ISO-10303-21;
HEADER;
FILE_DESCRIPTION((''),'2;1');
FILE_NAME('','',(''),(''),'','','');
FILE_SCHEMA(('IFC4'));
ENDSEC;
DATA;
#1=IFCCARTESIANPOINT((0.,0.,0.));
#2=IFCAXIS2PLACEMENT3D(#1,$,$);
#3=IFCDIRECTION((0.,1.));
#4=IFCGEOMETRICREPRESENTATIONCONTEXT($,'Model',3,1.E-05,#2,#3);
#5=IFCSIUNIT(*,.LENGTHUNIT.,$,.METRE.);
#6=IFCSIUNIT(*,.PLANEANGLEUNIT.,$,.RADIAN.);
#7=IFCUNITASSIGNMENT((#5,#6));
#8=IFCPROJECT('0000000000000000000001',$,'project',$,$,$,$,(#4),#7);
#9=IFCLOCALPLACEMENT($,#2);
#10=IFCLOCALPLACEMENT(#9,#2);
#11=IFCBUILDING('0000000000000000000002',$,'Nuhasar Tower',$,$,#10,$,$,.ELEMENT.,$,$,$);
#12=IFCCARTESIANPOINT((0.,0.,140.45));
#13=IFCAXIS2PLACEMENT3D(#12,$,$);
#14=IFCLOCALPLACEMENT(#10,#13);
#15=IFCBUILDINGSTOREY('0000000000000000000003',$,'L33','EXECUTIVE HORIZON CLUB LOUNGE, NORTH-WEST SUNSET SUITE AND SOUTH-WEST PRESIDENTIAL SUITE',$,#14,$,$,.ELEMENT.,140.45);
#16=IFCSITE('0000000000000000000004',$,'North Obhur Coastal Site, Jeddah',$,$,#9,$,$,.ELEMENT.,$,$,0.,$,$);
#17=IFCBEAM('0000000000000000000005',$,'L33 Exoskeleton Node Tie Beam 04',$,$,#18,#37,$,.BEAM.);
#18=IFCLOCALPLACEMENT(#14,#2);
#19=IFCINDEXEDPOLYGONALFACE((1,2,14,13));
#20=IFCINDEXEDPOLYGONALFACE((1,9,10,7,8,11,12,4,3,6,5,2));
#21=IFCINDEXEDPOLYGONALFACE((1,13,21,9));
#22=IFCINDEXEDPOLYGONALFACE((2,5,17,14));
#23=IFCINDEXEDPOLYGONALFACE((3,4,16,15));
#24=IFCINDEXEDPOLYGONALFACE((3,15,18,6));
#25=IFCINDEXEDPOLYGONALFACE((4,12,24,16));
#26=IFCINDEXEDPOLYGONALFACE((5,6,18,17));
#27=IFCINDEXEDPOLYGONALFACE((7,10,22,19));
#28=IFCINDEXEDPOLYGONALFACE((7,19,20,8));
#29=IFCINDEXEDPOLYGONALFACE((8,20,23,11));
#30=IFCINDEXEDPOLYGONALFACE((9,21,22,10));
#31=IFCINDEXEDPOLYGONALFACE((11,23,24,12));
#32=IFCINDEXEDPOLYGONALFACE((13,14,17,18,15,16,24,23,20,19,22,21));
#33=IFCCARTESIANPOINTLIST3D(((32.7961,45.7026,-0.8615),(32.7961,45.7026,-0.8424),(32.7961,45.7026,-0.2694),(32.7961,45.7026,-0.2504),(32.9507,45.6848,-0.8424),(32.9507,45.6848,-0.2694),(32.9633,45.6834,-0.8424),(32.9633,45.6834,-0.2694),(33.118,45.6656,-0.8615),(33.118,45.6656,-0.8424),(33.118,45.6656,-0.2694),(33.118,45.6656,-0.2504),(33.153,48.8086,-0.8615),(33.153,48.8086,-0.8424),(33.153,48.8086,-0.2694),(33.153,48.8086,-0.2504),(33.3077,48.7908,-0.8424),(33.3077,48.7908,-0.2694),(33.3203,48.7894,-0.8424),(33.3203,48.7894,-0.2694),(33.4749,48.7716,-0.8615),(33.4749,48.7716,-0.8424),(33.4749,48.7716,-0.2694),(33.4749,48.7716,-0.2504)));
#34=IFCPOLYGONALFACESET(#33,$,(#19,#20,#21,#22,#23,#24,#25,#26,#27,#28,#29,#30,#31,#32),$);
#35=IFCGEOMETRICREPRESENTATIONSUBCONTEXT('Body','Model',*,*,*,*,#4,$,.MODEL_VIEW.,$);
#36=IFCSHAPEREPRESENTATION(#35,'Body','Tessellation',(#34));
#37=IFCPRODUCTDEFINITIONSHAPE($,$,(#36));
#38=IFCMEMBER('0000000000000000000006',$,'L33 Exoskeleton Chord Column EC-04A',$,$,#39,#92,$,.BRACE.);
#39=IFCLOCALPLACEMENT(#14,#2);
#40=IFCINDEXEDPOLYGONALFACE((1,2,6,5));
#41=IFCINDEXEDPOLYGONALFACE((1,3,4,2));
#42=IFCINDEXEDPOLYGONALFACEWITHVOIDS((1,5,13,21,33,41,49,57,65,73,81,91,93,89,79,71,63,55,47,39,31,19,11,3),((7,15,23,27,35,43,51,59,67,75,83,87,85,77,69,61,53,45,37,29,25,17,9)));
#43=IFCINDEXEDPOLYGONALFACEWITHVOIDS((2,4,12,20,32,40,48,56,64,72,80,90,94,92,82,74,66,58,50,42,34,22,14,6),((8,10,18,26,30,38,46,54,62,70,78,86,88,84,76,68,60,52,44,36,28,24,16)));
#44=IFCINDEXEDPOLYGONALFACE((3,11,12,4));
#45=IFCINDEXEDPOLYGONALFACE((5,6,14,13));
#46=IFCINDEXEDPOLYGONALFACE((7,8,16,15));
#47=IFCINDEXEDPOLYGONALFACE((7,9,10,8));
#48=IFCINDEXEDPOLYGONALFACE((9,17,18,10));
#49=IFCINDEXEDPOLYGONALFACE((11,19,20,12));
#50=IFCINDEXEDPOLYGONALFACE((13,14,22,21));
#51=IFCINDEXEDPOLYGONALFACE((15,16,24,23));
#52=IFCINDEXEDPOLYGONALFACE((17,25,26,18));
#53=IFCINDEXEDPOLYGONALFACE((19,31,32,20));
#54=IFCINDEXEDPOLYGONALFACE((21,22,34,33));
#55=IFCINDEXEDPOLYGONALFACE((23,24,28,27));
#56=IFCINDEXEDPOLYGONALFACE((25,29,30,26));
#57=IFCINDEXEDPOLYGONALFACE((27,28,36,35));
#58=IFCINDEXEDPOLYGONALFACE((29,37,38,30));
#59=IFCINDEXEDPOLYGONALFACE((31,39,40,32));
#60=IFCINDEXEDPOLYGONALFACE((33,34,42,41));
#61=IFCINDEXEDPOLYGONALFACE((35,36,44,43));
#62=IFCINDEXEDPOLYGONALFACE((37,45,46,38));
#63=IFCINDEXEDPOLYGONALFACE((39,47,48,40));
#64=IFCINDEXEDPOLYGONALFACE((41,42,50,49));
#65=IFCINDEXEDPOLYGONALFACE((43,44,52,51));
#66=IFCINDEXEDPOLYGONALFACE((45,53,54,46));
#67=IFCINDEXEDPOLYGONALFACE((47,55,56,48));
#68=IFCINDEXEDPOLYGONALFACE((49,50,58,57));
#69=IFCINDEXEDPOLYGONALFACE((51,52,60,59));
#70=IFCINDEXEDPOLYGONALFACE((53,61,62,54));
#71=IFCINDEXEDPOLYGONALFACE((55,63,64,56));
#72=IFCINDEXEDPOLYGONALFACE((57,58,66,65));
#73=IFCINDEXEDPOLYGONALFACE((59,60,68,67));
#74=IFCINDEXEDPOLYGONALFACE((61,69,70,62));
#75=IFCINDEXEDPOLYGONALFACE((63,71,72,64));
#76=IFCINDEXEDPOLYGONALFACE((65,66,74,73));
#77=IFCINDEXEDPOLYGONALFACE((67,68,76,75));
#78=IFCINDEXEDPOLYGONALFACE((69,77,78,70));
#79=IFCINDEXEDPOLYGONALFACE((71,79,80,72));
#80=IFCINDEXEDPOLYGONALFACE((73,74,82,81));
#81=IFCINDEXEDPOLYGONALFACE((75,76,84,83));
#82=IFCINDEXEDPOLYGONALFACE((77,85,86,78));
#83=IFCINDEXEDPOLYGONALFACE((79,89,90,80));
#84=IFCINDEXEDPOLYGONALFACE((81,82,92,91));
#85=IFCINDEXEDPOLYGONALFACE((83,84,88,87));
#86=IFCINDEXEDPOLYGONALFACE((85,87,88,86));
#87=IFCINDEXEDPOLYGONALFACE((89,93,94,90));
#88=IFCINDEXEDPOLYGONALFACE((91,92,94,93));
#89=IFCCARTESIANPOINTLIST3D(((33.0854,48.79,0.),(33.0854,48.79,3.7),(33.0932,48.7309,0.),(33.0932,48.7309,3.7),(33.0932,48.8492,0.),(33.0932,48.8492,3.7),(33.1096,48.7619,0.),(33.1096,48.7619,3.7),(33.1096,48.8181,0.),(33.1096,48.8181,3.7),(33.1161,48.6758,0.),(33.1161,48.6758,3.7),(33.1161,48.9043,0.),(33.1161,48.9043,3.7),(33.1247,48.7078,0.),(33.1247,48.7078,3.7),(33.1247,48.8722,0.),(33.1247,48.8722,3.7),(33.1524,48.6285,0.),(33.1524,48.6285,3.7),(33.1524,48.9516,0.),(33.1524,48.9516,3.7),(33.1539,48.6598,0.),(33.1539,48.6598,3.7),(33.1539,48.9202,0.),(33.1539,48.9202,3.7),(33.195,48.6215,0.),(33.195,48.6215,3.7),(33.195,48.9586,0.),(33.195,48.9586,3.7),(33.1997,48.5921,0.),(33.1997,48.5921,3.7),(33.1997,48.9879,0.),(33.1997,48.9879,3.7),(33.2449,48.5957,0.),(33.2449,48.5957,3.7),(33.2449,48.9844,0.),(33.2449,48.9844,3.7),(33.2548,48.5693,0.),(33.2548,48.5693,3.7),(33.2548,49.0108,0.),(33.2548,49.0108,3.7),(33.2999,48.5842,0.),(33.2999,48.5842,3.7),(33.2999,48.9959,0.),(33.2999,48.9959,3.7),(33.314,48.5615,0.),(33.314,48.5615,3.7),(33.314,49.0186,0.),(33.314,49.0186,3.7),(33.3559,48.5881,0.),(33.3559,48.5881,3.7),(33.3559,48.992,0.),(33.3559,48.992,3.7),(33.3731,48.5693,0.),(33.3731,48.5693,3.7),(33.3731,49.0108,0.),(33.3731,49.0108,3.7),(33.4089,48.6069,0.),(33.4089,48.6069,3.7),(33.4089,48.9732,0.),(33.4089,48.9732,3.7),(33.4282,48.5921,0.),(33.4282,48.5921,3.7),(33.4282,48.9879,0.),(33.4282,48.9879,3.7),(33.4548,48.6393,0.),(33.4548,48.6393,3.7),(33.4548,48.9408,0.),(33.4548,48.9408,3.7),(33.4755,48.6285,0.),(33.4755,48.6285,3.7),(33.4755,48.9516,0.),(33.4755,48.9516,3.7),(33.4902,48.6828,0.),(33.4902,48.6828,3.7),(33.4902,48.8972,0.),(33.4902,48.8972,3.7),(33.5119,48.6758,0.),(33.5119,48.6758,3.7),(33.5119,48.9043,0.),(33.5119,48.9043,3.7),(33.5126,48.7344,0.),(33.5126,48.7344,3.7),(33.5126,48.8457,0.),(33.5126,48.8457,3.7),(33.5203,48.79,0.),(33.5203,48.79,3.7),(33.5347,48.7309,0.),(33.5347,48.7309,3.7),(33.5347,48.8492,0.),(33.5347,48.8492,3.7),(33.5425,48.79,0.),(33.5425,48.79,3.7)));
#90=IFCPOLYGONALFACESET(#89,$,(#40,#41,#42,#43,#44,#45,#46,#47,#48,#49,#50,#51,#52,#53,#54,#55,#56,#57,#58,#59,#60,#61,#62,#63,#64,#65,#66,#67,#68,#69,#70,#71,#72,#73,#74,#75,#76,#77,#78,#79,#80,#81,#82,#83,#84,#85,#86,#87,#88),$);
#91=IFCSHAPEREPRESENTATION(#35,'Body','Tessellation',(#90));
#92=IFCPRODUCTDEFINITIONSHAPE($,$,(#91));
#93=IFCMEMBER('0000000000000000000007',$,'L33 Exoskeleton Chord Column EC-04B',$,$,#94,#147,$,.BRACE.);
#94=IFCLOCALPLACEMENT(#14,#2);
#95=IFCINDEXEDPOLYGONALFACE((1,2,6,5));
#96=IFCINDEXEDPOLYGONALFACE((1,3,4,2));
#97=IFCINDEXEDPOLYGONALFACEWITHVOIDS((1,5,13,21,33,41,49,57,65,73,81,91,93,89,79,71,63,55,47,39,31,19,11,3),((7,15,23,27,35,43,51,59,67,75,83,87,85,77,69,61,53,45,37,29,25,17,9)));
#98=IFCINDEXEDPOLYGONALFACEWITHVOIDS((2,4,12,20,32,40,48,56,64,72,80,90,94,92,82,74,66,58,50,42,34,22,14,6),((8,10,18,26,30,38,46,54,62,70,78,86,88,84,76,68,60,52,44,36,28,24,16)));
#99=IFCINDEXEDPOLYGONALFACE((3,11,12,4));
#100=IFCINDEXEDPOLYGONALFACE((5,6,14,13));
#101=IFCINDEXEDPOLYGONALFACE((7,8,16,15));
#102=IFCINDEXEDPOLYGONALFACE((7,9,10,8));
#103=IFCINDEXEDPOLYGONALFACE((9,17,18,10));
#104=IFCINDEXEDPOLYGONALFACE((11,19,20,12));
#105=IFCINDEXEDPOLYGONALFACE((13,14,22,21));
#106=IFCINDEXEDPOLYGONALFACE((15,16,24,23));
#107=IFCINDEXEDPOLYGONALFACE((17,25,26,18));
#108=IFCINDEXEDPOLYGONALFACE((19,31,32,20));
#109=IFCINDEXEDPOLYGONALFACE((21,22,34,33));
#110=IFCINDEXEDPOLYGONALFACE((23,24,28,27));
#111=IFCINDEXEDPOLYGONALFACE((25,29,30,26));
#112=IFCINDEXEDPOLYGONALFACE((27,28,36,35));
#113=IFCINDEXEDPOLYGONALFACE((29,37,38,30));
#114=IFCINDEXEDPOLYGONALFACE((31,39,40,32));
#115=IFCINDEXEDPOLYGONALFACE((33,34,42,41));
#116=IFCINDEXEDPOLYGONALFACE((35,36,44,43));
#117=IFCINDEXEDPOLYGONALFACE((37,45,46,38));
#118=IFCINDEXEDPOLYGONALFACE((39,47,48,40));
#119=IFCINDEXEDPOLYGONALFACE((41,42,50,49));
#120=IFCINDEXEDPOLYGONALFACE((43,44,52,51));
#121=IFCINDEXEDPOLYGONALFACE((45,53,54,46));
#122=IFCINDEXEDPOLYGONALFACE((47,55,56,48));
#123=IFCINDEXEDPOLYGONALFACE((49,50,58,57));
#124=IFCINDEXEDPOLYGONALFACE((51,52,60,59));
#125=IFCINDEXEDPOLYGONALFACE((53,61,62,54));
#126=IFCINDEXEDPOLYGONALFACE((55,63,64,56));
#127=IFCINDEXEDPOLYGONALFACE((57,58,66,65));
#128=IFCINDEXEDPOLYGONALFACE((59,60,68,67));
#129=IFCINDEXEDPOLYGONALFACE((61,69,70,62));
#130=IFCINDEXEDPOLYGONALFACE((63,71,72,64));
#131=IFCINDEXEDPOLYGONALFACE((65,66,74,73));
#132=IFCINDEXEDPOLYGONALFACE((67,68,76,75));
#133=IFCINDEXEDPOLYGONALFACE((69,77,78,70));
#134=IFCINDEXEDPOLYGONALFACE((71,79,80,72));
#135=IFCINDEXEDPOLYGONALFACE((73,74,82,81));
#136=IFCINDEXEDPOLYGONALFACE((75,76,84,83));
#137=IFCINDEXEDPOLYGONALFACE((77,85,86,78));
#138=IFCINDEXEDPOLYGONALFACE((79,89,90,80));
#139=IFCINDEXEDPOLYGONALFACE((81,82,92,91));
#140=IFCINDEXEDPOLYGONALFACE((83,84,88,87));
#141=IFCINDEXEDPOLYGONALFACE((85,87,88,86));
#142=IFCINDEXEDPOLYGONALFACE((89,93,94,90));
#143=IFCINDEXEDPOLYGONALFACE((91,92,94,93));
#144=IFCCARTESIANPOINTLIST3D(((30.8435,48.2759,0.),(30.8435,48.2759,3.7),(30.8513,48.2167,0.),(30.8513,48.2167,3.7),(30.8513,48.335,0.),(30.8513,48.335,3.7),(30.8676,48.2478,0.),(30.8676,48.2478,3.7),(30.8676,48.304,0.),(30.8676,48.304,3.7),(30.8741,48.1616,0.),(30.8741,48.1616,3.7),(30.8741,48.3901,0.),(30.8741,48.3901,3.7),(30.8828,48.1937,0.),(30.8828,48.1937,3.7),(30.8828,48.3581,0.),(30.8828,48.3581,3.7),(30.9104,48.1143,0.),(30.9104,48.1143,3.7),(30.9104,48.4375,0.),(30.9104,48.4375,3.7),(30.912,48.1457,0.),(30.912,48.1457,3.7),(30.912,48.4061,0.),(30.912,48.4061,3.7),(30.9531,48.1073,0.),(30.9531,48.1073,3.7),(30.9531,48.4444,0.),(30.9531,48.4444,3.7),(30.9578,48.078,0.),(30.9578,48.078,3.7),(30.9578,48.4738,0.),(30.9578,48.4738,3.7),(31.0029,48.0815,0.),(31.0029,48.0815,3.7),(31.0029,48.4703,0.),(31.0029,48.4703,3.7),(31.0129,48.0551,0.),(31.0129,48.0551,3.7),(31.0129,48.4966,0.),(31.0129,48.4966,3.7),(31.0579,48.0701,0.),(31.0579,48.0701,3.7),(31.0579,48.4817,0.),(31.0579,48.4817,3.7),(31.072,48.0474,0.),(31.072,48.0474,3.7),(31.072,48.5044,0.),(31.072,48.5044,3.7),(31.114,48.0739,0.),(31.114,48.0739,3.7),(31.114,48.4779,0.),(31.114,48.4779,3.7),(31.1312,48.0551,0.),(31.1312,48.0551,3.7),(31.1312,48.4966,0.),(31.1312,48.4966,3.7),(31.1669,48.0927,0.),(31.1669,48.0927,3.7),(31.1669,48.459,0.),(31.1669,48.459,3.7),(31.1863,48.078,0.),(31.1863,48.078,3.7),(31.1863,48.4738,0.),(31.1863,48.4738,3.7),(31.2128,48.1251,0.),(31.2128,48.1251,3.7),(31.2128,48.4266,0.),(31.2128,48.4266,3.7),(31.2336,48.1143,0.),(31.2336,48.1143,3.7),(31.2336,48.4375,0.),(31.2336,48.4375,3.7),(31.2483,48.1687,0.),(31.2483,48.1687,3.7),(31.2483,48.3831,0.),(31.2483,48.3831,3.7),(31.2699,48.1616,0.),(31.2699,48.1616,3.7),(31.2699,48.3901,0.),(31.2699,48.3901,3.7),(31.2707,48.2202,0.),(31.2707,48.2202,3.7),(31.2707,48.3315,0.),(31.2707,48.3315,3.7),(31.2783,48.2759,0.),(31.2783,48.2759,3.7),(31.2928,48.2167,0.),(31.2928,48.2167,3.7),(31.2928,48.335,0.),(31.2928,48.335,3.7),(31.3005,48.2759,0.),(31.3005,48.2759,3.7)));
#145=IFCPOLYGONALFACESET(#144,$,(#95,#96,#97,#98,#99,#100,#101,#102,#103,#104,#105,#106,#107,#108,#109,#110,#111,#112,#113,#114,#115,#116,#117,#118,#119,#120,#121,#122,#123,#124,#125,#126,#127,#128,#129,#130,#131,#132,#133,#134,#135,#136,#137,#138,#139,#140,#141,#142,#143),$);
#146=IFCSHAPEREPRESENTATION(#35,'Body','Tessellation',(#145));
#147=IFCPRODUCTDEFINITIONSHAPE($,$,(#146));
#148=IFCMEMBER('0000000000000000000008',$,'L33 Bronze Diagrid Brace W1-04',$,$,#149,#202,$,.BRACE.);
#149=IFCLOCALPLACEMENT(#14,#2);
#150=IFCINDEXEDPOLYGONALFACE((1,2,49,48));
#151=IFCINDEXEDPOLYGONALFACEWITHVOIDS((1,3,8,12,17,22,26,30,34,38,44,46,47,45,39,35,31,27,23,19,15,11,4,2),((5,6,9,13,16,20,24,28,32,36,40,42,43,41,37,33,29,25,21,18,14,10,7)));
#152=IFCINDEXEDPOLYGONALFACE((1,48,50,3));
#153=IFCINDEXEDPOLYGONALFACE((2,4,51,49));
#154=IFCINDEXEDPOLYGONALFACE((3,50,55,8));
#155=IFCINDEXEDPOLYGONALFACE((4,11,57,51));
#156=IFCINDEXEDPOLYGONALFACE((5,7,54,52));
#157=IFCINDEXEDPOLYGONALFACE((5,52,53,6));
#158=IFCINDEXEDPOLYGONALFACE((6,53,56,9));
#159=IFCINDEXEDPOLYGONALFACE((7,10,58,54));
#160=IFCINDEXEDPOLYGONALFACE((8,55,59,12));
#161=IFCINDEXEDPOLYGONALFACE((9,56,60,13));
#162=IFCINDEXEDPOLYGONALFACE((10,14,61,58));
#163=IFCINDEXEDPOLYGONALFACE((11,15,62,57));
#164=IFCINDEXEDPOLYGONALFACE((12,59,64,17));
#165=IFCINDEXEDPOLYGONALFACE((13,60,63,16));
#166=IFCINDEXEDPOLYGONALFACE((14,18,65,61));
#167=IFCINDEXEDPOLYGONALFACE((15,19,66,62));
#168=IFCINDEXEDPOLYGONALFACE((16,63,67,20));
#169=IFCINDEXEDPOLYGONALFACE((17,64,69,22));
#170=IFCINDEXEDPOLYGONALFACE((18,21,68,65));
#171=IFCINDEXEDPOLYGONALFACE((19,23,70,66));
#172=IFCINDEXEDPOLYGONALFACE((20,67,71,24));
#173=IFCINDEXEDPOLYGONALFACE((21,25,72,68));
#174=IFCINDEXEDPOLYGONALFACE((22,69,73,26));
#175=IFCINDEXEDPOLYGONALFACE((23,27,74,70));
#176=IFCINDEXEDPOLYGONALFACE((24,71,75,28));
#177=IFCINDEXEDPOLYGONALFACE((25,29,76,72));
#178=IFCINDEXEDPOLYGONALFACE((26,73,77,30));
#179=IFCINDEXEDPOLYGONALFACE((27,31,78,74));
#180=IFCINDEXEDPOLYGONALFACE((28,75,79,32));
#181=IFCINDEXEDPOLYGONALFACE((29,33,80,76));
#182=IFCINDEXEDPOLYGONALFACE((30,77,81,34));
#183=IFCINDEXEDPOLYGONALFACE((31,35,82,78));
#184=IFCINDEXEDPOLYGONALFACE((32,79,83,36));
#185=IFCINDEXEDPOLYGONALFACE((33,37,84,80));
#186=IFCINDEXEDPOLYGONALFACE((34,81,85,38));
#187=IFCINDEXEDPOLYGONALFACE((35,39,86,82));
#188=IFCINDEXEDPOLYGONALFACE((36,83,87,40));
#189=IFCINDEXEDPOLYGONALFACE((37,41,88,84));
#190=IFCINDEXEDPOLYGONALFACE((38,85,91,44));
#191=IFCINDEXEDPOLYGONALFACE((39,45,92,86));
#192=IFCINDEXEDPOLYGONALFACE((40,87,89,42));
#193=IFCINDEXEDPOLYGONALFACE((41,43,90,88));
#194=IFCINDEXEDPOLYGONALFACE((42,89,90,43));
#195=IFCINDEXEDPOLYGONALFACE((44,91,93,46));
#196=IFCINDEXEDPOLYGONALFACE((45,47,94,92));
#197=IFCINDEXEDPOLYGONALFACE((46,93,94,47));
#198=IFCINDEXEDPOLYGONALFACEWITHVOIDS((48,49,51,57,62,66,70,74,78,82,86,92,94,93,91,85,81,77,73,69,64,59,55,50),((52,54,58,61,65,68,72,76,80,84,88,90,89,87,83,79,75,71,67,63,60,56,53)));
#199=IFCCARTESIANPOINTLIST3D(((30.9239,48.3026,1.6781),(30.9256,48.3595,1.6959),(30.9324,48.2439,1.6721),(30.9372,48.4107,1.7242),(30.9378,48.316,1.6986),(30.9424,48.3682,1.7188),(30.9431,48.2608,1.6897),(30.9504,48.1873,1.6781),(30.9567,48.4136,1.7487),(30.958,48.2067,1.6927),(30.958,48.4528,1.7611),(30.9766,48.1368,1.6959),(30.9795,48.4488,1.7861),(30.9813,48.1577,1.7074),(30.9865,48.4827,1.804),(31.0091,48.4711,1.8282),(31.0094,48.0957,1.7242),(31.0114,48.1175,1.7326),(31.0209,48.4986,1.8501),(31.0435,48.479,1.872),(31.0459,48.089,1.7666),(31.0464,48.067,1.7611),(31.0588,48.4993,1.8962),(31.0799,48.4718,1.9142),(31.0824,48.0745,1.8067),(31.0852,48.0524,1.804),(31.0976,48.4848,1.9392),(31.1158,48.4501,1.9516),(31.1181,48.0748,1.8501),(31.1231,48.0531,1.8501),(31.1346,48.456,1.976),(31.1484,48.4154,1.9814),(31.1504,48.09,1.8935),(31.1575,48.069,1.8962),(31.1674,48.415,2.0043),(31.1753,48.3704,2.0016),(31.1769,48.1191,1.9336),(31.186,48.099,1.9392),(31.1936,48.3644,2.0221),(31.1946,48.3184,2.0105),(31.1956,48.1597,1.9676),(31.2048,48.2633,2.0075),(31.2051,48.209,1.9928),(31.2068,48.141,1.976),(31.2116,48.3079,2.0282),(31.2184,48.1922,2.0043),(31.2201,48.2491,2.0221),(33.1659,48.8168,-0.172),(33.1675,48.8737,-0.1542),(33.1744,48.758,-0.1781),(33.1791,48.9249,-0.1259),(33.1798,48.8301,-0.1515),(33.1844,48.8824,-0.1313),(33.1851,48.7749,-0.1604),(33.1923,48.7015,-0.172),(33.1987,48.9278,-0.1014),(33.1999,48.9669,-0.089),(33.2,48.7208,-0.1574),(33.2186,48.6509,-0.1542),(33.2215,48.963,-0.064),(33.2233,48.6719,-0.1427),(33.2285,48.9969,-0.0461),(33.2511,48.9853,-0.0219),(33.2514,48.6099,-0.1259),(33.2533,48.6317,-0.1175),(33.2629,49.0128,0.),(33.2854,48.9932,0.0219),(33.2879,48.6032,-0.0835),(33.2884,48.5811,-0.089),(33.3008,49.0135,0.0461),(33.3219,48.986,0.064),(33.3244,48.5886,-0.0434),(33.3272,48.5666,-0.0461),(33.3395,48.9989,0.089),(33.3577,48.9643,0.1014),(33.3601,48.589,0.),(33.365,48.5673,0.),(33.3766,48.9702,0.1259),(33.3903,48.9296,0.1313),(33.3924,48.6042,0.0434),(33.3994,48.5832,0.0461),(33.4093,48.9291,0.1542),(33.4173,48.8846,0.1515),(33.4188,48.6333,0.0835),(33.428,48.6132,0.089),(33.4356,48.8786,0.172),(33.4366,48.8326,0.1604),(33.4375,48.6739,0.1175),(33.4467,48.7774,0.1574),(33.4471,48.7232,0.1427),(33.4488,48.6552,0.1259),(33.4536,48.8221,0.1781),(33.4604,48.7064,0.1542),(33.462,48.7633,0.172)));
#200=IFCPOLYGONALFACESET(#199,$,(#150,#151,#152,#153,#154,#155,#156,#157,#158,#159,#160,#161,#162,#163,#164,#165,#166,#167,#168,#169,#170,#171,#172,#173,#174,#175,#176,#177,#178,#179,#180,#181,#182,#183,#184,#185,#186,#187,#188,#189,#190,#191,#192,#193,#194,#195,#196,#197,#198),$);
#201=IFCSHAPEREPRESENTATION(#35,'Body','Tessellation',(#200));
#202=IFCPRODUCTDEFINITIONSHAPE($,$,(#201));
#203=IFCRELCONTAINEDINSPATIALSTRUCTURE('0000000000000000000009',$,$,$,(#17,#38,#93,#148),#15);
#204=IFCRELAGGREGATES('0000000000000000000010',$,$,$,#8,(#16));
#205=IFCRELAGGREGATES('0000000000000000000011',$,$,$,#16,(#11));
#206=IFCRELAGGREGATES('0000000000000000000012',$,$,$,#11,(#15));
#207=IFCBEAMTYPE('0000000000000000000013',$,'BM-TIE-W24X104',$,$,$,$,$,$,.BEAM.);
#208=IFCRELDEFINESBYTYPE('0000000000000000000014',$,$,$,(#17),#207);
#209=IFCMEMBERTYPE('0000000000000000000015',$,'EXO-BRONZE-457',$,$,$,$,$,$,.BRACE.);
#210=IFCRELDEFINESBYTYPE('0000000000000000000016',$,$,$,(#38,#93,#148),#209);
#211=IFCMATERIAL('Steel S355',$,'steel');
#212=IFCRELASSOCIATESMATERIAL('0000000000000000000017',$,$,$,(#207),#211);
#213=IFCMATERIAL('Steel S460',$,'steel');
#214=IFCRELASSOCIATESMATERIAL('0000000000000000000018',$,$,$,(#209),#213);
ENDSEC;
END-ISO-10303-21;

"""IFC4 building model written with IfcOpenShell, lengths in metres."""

from ifc_helpers import new_model, si_unit, direction, frame, origin, origin_2d, place, context, subcontext, project, spatial, hollow_circle, i_section, extrude, material, material_profile, profile_set, type_object, element, save


model = new_model("IFC4")

# Units and contexts
model_context = context("Model", 3, precision=1e-05, world=origin(), true_north=direction((0.0, 1.0)))
body_context = subcontext(model_context, "Body", "Model", "MODEL_VIEW")
ifc_project = project(units=[si_unit("LENGTHUNIT", "METRE"), si_unit("PLANEANGLEUNIT", "RADIAN")], contexts=[model_context])

# Site, building, storey
site_placement = place(None, origin())
site = spatial("IfcSite", under=ifc_project, at=site_placement, Name="North Obhur Coastal Site, Jeddah", CompositionType="ELEMENT", RefElevation=0.0)
building_placement = place(site_placement, origin())
building = spatial("IfcBuilding", under=site, at=building_placement, Name="Nuhasar Tower", CompositionType="ELEMENT")
storey_placement = place(building_placement, frame((0.0, 0.0, 140.45)))
storey = spatial("IfcBuildingStorey", under=building, at=storey_placement, Name="L33", Description="EXECUTIVE HORIZON CLUB LOUNGE, NORTH-WEST SUNSET SUITE AND SOUTH-WEST PRESIDENTIAL SUITE", CompositionType="ELEMENT", Elevation=140.45)

# Beam
ifc_material_1 = material(Name="Steel S355", Category="steel")
ifc_material_profile_1 = material_profile(ifc_material_1, i_section(OverallWidth=0.324, OverallDepth=0.6111, WebThickness=0.0127, FlangeThickness=0.019, at=origin_2d()), Name="W24X104")
ifc_profile_set_1 = profile_set([ifc_material_profile_1], Name="Steel S355")
beam_type_1 = type_object("IfcBeamType", Name="BM-TIE-W24X104", PredefinedType="BEAM", material=ifc_profile_set_1)
beam_1_placement = place(storey_placement, frame((32.957, 45.6841, -0.5559), z_axis=(0.114168, 0.993461, 0.0), x_axis=(-0.993461, 0.114168, 0.0)))
element("IfcBeam", 1, at=beam_1_placement, inside=storey, type_object=beam_type_1, Name="L33 Exoskeleton Node Tie Beam 04", PredefinedType="BEAM", context=body_context, shape_type="SweptSolid", body=[
    extrude(i_section(OverallWidth=0.324, OverallDepth=0.6111, WebThickness=0.0127, FlangeThickness=0.019, at=origin_2d()), origin(), (0.0, 0.0, 1.0), 3.1265),
])

# Members
ifc_material_2 = material(Name="Steel S460", Category="steel")
ifc_material_profile_2 = material_profile(ifc_material_2, hollow_circle(Radius=0.2285, WallThickness=0.0222, at=origin_2d()), Name="HSS457X22.2")
ifc_profile_set_2 = profile_set([ifc_material_profile_2], Name="Steel S460")
member_type = type_object("IfcMemberType", Name="EXO-BRONZE-457", PredefinedType="BRACE", material=ifc_profile_set_2)
for number, where, z_axis, x_axis, name in (
    (2, (33.314, 48.79, 0.0), (0.0, 0.0, 1.0), (1.0, 0.0, 0.0), "L33 Exoskeleton Chord Column EC-04A"),
    (3, (31.072, 48.2759, 0.0), (0.0, 0.0, 1.0), (1.0, 0.0, 0.0), "L33 Exoskeleton Chord Column EC-04B"),
):
    element("IfcMember", number, at=place(storey_placement, frame(where, z_axis=z_axis, x_axis=x_axis)), inside=storey, type_object=member_type, Name=name, PredefinedType="BRACE", context=body_context, shape_type="SweptSolid", body=[
        extrude(hollow_circle(Radius=0.2285, WallThickness=0.0222, at=origin_2d()), origin(), (0.0, 0.0, 1.0), 3.7),
    ])
member_1_placement = place(storey_placement, frame((33.314, 48.79, 0.0), z_axis=(-0.7595, -0.174181, 0.626755), x_axis=(0.223534, -0.974696, 0.0)))
element("IfcMember", 4, at=member_1_placement, inside=storey, type_object=member_type, Name="L33 Bronze Diagrid Brace W1-04", PredefinedType="BRACE", context=body_context, shape_type="SweptSolid", body=[
    extrude(hollow_circle(Radius=0.2285, WallThickness=0.0222, at=origin_2d()), origin(), (0.0, 0.0, 1.0), 2.9519),
])

save(model, "model.ifc")
